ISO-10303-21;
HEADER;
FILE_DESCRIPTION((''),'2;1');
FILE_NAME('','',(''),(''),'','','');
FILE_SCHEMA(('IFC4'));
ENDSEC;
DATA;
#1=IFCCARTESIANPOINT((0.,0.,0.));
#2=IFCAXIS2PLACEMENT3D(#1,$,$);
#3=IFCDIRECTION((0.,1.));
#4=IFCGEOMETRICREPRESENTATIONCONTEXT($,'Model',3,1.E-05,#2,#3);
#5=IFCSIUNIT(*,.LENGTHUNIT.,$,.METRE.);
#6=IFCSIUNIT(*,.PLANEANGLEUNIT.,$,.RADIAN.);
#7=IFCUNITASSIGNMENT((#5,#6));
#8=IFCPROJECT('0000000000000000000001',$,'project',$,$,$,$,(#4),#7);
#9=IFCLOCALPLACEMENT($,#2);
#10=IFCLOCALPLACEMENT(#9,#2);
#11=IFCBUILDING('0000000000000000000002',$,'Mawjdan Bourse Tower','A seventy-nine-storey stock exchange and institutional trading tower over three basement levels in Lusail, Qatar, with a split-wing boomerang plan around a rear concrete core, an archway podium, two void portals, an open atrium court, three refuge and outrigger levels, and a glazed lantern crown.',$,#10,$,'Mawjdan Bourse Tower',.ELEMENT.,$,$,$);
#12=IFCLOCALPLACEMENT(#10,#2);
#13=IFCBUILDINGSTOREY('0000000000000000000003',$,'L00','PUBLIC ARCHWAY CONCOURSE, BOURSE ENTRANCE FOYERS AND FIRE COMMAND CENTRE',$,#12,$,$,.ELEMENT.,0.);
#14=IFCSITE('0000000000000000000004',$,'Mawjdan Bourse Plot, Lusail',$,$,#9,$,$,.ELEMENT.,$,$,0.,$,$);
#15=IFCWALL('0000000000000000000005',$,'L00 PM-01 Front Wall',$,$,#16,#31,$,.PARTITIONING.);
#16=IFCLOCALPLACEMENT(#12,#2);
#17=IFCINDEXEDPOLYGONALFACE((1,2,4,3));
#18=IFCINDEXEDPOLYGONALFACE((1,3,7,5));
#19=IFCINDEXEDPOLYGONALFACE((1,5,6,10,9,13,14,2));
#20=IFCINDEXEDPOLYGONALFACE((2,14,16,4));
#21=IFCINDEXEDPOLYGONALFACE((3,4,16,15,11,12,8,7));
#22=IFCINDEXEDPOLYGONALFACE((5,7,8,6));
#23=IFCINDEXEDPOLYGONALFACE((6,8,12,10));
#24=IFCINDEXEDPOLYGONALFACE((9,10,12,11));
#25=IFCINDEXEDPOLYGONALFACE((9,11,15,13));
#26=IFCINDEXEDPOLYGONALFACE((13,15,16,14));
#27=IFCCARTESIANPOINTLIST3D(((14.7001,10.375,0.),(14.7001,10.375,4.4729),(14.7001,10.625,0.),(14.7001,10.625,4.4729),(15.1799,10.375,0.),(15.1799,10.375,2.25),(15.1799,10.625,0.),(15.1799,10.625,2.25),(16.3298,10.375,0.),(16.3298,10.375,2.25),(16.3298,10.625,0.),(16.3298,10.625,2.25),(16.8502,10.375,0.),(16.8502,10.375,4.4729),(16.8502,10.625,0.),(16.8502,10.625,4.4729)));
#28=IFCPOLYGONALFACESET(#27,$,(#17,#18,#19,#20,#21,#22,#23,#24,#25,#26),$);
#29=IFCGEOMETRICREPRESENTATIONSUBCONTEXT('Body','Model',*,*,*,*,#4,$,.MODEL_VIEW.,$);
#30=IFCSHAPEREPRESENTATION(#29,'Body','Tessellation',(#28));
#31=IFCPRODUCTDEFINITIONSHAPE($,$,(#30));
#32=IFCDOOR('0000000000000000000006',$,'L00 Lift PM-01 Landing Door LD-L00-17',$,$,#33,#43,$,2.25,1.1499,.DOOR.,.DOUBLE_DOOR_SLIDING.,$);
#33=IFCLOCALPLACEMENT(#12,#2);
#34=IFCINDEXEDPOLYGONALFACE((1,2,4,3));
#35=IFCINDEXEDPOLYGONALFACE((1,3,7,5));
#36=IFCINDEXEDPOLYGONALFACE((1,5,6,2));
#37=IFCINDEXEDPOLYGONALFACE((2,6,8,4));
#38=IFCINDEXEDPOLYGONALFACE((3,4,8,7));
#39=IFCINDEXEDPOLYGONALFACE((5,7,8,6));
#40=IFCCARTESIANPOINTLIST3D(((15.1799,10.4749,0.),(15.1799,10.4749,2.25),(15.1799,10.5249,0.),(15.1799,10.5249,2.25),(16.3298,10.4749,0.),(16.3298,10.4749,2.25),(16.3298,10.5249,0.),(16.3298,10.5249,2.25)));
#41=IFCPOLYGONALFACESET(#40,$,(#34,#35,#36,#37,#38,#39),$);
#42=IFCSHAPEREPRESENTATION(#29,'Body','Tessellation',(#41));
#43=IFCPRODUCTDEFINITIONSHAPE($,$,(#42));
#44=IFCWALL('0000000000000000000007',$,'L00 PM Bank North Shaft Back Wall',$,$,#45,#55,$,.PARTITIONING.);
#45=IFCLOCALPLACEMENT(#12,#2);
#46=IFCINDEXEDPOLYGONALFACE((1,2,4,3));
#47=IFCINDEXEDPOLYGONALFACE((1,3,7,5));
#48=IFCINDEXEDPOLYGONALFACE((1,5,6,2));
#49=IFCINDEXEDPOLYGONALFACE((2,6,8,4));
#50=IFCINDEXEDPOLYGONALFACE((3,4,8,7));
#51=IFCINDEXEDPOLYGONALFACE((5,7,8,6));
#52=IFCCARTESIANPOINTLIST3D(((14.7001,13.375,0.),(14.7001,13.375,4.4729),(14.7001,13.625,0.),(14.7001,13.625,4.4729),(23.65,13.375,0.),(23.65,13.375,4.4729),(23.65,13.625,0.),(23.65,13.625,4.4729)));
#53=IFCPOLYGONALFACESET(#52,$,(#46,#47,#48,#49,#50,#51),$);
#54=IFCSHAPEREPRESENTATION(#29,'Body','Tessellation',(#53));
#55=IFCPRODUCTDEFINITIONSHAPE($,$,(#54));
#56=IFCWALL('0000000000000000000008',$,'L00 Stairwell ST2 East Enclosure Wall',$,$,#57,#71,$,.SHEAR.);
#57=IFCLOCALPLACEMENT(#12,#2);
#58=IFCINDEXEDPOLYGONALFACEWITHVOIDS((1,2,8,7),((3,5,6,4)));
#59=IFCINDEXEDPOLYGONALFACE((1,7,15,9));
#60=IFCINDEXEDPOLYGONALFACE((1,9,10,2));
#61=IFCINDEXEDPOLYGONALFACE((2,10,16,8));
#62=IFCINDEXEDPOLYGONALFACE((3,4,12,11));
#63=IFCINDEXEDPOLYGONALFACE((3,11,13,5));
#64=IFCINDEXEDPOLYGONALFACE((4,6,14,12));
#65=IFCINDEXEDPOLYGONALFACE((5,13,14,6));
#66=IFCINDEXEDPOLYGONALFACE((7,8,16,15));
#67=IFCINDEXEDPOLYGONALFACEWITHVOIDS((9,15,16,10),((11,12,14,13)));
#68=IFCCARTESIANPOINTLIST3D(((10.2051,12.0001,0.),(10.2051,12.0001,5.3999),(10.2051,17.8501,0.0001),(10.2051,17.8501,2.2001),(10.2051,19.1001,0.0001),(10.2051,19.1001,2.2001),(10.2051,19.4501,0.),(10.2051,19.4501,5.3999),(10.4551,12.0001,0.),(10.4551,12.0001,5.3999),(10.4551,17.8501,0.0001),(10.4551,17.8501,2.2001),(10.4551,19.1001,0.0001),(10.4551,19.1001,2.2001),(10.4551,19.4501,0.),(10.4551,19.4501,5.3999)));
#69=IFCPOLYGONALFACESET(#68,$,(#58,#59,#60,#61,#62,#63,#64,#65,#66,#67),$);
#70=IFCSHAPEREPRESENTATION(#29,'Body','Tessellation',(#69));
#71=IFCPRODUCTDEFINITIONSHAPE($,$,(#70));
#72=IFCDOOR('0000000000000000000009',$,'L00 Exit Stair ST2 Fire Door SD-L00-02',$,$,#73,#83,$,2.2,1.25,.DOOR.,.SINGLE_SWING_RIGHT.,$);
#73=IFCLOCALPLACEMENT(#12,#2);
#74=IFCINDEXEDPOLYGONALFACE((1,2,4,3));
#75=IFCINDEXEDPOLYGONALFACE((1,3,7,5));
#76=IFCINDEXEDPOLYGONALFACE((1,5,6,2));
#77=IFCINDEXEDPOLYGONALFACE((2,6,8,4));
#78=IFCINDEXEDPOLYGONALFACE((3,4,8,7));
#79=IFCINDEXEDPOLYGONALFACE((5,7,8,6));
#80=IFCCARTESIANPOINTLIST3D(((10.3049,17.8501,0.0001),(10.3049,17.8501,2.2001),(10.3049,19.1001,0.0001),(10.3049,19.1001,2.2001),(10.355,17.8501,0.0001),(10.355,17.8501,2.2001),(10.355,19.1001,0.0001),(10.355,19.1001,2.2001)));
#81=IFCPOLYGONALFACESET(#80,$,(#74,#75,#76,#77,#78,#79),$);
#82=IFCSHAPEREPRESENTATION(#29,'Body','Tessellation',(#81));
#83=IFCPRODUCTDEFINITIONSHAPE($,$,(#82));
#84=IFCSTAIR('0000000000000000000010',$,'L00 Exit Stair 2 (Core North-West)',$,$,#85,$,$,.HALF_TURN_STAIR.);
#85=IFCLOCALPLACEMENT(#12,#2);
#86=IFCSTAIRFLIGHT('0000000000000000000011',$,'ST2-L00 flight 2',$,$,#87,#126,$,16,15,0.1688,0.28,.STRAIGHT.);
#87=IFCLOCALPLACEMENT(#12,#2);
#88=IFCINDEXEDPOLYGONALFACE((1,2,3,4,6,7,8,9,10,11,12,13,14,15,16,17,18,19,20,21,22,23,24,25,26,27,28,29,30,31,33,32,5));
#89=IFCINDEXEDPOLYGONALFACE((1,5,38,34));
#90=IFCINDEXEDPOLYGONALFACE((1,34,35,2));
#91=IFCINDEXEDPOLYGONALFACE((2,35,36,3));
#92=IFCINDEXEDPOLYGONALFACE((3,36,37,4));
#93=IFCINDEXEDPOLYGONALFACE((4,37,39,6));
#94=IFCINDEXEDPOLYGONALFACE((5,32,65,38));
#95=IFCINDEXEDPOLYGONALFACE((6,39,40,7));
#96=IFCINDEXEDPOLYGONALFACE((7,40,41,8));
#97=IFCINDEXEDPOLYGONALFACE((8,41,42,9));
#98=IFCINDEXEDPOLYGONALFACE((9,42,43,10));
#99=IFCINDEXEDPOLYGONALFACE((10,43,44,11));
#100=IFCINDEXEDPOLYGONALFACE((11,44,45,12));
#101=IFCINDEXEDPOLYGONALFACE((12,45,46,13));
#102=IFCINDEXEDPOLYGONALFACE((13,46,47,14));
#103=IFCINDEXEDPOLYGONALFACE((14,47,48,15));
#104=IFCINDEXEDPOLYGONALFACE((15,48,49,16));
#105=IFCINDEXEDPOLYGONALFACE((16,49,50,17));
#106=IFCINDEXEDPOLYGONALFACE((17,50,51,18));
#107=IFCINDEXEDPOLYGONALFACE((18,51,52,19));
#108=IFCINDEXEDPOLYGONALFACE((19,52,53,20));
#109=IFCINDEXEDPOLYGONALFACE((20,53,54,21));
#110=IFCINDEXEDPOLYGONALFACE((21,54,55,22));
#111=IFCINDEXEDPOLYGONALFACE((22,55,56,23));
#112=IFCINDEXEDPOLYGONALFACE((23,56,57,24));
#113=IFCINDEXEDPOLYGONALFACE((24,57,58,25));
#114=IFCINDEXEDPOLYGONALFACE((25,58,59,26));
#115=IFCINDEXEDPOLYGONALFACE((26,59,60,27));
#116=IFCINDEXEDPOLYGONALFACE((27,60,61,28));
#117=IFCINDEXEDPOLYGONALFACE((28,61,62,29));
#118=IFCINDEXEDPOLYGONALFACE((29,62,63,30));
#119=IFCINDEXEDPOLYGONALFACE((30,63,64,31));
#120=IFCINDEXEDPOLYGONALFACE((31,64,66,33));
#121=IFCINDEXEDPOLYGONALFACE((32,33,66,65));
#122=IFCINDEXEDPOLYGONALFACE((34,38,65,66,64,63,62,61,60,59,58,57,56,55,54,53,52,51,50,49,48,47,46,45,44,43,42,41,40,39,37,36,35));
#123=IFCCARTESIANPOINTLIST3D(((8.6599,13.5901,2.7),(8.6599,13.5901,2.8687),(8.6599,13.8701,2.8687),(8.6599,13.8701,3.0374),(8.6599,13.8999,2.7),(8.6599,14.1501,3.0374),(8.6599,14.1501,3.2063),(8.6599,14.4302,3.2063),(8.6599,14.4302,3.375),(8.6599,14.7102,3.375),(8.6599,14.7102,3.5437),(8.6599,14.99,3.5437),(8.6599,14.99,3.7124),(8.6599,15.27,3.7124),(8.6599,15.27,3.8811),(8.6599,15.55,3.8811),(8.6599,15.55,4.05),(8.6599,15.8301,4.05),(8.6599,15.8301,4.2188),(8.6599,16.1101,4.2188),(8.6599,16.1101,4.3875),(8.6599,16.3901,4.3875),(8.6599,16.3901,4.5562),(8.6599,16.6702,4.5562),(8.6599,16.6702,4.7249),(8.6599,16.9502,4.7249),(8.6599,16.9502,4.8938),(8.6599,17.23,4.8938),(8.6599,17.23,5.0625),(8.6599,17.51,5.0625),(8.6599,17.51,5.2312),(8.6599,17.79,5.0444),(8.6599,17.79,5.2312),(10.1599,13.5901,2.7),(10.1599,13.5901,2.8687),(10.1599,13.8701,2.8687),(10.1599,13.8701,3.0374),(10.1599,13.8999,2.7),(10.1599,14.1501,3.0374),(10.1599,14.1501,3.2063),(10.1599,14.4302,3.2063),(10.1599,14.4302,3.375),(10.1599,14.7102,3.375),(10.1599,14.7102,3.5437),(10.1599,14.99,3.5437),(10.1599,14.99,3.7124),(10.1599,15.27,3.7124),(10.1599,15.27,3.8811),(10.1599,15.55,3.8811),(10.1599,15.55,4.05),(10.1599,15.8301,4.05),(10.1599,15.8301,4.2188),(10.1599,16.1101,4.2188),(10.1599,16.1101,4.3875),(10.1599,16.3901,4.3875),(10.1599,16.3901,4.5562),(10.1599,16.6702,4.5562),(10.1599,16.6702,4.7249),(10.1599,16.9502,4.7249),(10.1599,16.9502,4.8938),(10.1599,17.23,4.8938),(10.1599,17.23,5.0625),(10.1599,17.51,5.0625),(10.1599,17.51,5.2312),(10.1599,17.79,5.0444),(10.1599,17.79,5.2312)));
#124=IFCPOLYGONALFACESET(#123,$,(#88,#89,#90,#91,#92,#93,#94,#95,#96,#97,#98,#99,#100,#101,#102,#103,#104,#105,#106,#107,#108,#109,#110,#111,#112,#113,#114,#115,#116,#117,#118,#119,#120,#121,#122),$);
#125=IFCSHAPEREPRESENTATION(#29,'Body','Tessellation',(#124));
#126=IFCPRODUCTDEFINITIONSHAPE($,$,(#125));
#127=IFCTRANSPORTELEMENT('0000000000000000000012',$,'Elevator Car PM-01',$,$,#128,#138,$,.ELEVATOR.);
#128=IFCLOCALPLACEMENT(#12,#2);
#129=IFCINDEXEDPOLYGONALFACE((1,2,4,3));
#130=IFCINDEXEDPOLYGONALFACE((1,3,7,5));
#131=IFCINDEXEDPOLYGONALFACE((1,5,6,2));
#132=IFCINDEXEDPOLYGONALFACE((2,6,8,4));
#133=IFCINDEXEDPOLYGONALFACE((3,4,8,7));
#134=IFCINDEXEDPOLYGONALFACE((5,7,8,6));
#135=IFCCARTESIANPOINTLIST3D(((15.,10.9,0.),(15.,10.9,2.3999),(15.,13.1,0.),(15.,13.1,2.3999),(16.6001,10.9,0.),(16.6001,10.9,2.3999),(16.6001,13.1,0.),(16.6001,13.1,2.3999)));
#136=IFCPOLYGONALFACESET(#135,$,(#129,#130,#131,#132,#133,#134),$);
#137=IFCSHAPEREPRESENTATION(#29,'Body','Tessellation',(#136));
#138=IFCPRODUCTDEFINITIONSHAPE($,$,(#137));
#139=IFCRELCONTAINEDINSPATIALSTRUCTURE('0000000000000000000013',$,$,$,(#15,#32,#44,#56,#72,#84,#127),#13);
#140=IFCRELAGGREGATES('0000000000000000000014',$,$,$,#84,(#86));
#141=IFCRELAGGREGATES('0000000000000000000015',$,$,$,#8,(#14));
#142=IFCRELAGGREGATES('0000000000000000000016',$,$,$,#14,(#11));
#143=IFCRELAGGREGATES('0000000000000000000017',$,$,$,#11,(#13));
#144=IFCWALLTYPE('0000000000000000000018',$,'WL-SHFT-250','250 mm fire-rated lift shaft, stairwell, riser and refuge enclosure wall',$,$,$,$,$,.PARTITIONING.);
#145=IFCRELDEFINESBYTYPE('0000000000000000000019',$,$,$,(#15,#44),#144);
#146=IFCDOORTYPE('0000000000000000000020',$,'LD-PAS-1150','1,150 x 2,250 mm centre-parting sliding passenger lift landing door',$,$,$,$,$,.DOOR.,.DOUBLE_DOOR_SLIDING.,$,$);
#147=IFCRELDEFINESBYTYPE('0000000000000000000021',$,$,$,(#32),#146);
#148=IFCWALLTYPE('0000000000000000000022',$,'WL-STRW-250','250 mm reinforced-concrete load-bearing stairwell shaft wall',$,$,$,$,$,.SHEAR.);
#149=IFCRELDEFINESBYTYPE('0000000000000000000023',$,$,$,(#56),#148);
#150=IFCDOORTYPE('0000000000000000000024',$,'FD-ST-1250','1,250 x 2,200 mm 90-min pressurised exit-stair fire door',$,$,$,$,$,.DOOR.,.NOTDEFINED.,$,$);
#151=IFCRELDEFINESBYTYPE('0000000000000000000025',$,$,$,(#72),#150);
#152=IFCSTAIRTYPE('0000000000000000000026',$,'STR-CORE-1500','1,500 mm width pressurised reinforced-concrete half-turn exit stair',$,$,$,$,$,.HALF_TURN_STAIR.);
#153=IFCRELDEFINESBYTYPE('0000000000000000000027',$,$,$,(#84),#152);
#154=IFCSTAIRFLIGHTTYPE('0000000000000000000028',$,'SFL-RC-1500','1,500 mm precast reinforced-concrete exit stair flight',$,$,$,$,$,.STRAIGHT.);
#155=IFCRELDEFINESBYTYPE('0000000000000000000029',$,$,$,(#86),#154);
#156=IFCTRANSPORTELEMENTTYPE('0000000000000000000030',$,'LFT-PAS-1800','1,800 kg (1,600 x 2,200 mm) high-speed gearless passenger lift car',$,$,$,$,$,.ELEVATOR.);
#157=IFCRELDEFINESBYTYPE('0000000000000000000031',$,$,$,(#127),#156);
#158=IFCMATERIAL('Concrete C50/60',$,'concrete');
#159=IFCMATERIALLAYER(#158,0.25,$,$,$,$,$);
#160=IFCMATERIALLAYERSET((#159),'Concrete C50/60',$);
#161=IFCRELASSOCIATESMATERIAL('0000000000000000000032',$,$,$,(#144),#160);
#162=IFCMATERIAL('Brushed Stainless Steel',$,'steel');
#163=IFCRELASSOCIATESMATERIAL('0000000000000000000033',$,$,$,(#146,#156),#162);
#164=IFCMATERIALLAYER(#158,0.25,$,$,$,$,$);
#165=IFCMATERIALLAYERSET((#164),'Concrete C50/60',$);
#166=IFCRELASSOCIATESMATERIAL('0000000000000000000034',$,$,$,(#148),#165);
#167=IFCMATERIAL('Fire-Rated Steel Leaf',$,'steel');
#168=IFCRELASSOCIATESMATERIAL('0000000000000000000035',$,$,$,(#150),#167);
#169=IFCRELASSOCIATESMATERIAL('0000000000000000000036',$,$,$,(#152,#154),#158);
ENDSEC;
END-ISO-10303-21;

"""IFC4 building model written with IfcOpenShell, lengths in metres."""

from ifc_helpers import new_model, si_unit, direction, frame, frame_2d, origin, origin_2d, place, context, subcontext, project, spatial, polyline, rectangle, outline, extrude, material, layer, layer_set, type_object, element, fill, aggregate, save


model = new_model("IFC4")

# Units and contexts
model_context = context("Model", 3, precision=1e-05, world=origin(), true_north=direction((0.0, 1.0)))
body_context = subcontext(model_context, "Body", "Model", "MODEL_VIEW")
ifc_project = project(units=[si_unit("LENGTHUNIT", "METRE"), si_unit("PLANEANGLEUNIT", "RADIAN")], contexts=[model_context])

# Site, building, storey
site_placement = place(None, origin())
site = spatial("IfcSite", under=ifc_project, at=site_placement, Name="Mawjdan Bourse Plot, Lusail", CompositionType="ELEMENT", RefElevation=0.0)
building_placement = place(site_placement, origin())
building = spatial("IfcBuilding", under=site, at=building_placement, Name="Mawjdan Bourse Tower", Description="A seventy-nine-storey stock exchange and institutional trading tower over three basement levels in Lusail, Qatar, with a split-wing boomerang plan around a rear concrete core, an archway podium, two void portals, an open atrium court, three refuge and outrigger levels, and a glazed lantern crown.", LongName="Mawjdan Bourse Tower", CompositionType="ELEMENT")
storey_placement = place(building_placement, origin())
storey = spatial("IfcBuildingStorey", under=building, at=storey_placement, Name="L00", Description="PUBLIC ARCHWAY CONCOURSE, BOURSE ENTRANCE FOYERS AND FIRE COMMAND CENTRE", CompositionType="ELEMENT", Elevation=0.0)

# Shared definitions
ifc_material_1 = material(Name="Concrete C50/60", Category="concrete")
ifc_layer_1 = layer(ifc_material_1, 0.25)
ifc_layer_set_1 = layer_set([ifc_layer_1], Name="Concrete C50/60")
wall_type_1 = type_object("IfcWallType", Name="WL-SHFT-250", Description="250 mm fire-rated lift shaft, stairwell, riser and refuge enclosure wall", PredefinedType="PARTITIONING", material=ifc_layer_set_1)

# Wall, opening, door
wall_1_placement = place(storey_placement, frame((14.7, 10.5, 0.0), z_axis=(0.0, 0.0, 1.0), x_axis=(1.0, 0.0, 0.0)))
wall_1 = element("IfcWall", 1, at=wall_1_placement, inside=storey, type_object=wall_type_1, Name="L00 PM-01 Front Wall", PredefinedType="PARTITIONING", context=body_context, shape_type="SweptSolid", body=[
    extrude(rectangle(XDim=2.1501, YDim=0.25, at=frame_2d((1.0752, 0.0))), origin(), (0.0, 0.0, 1.0), 4.4729),
])
opening_1_placement = place(wall_1_placement, frame((0.48, 0.0, 0.0)))
opening_1 = element("IfcOpeningElement", 2, at=opening_1_placement, cuts=wall_1, PredefinedType="OPENING", context=body_context, shape_type="SweptSolid", body=[
    extrude(rectangle(XDim=1.1499, YDim=2.25, at=frame_2d((0.575, 1.125))), frame((0.0, 0.135, 0.0), z_axis=(0.0, -1.0, 0.0), x_axis=(1.0, 0.0, 0.0)), (0.0, 0.0, 1.0), 0.27),
])
ifc_material_2 = material(Name="Brushed Stainless Steel", Category="steel")
door_type_1 = type_object("IfcDoorType", Name="LD-PAS-1150", Description="1,150 x 2,250 mm centre-parting sliding passenger lift landing door", OperationType="DOUBLE_DOOR_SLIDING", PredefinedType="DOOR", material=ifc_material_2)
door_1_placement = place(opening_1_placement, origin())
door_1 = element("IfcDoor", 3, at=door_1_placement, inside=storey, type_object=door_type_1, Name="L00 Lift PM-01 Landing Door LD-L00-17", OperationType="DOUBLE_DOOR_SLIDING", OverallHeight=2.25, OverallWidth=1.1499, PredefinedType="DOOR", context=body_context, shape_type="SweptSolid", body=[
    extrude(rectangle(XDim=1.1499, YDim=2.25, at=frame_2d((0.575, 1.125))), frame((0.0, 0.0249, 0.0), z_axis=(0.0, -1.0, 0.0), x_axis=(1.0, 0.0, 0.0)), (0.0, 0.0, 1.0), 0.05),
])
fill(opening_1, door_1)

# Wall
wall_2_placement = place(storey_placement, frame((14.7, 13.5, 0.0), z_axis=(0.0, 0.0, 1.0), x_axis=(1.0, 0.0, 0.0)))
element("IfcWall", 4, at=wall_2_placement, inside=storey, type_object=wall_type_1, Name="L00 PM Bank North Shaft Back Wall", PredefinedType="PARTITIONING", context=body_context, shape_type="SweptSolid", body=[
    extrude(rectangle(XDim=8.95, YDim=0.25, at=frame_2d((4.4751, 0.0))), origin(), (0.0, 0.0, 1.0), 4.4729),
])

# Wall, opening, door
ifc_layer_2 = layer(ifc_material_1, 0.25)
ifc_layer_set_2 = layer_set([ifc_layer_2], Name="Concrete C50/60")
wall_type_2 = type_object("IfcWallType", Name="WL-STRW-250", Description="250 mm reinforced-concrete load-bearing stairwell shaft wall", PredefinedType="SHEAR", material=ifc_layer_set_2)
wall_3_placement = place(storey_placement, frame((10.3301, 12.0, 0.0), z_axis=(0.0, 0.0, 1.0), x_axis=(0.0, 1.0, 0.0)))
wall_3 = element("IfcWall", 5, at=wall_3_placement, inside=storey, type_object=wall_type_2, Name="L00 Stairwell ST2 East Enclosure Wall", PredefinedType="SHEAR", context=body_context, shape_type="SweptSolid", body=[
    extrude(rectangle(XDim=7.45, YDim=0.25, at=frame_2d((3.7251, 0.0))), origin(), (0.0, 0.0, 1.0), 5.3999),
])
opening_2_placement = place(wall_3_placement, frame((5.8501, 0.0, 0.0)))
opening_2 = element("IfcOpeningElement", 6, at=opening_2_placement, cuts=wall_3, PredefinedType="OPENING", context=body_context, shape_type="SweptSolid", body=[
    extrude(rectangle(XDim=1.25, YDim=2.2, at=frame_2d((0.625, 1.1001))), frame((0.0, 0.135, 0.0), z_axis=(0.0, -1.0, 0.0), x_axis=(1.0, 0.0, 0.0)), (0.0, 0.0, 1.0), 0.27),
])
ifc_material_3 = material(Name="Fire-Rated Steel Leaf", Category="steel")
door_type_2 = type_object("IfcDoorType", Name="FD-ST-1250", Description="1,250 x 2,200 mm 90-min pressurised exit-stair fire door", OperationType="NOTDEFINED", PredefinedType="DOOR", material=ifc_material_3)
door_2_placement = place(opening_2_placement, frame((1.25, 0.0, 0.0), z_axis=(0.0, 0.0, 1.0), x_axis=(-1.0, 0.0, 0.0)))
door_2 = element("IfcDoor", 7, at=door_2_placement, inside=storey, type_object=door_type_2, Name="L00 Exit Stair ST2 Fire Door SD-L00-02", OperationType="SINGLE_SWING_RIGHT", OverallHeight=2.2, OverallWidth=1.25, PredefinedType="DOOR", context=body_context, shape_type="SweptSolid", body=[
    extrude(rectangle(XDim=1.25, YDim=2.2, at=frame_2d((0.625, 1.1001))), frame((0.0, 0.0249, 0.0), z_axis=(0.0, -1.0, 0.0), x_axis=(1.0, 0.0, 0.0)), (0.0, 0.0, 1.0), 0.05),
])
fill(opening_2, door_2)

# Stair, stair flight
stair_type = type_object("IfcStairType", Name="STR-CORE-1500", Description="1,500 mm width pressurised reinforced-concrete half-turn exit stair", PredefinedType="HALF_TURN_STAIR", material=ifc_material_1)
stair_placement = place(storey_placement, origin())
stair = element("IfcStair", 8, at=stair_placement, inside=storey, type_object=stair_type, Name="L00 Exit Stair 2 (Core North-West)", PredefinedType="HALF_TURN_STAIR")
stair_flight_type = type_object("IfcStairFlightType", Name="SFL-RC-1500", Description="1,500 mm precast reinforced-concrete exit stair flight", PredefinedType="STRAIGHT", material=ifc_material_1)
stair_flight_placement = place(storey_placement, frame((9.4099, 13.5901, 2.7), z_axis=(0.0, 0.0, 1.0), x_axis=(0.0, 1.0, 0.0)))
stair_flight = element("IfcStairFlight", 9, at=stair_flight_placement, type_object=stair_flight_type, Name="ST2-L00 flight 2", NumberOfRisers=16, NumberOfTreads=15, PredefinedType="STRAIGHT", RiserHeight=0.1688, TreadLength=0.28, context=body_context, shape_type="SweptSolid", body=[
    extrude(outline(polyline([(0.0, 0.0), (0.0, 0.1687), (0.28, 0.1687), (0.28, 0.3374), (0.5601, 0.3374), (0.5601, 0.5063), (0.8401, 0.5063), (0.8401, 0.675), (1.1201, 0.675), (1.1201, 0.8438), (1.3999, 0.8438), (1.3999, 1.0125), (1.6799, 1.0125), (1.6799, 1.1812), (1.96, 1.1812), (1.96, 1.3501), (2.24, 1.3501), (2.24, 1.5188), (2.52, 1.5188), (2.52, 1.6875), (2.8, 1.6875), (2.8, 1.8562), (3.0801, 1.8562), (3.0801, 2.0249), (3.3601, 2.0249), (3.3601, 2.1938), (3.6399, 2.1938), (3.6399, 2.3625), (3.9199, 2.3625), (3.9199, 2.5312), (4.2, 2.5312), (4.2, 2.7), (4.2, 2.3445), (0.3098, 0.0), (0.0, 0.0)])), frame((0.0, 0.75, 0.0), z_axis=(0.0, -1.0, 0.0), x_axis=(1.0, 0.0, 0.0)), (0.0, 0.0, 1.0), 1.5),
])
aggregate(stair, [stair_flight])

# Transport element
transport_element_type = type_object("IfcTransportElementType", Name="LFT-PAS-1800", Description="1,800 kg (1,600 x 2,200 mm) high-speed gearless passenger lift car", PredefinedType="ELEVATOR", material=ifc_material_2)
transport_element_placement = place(storey_placement, frame((15.8, 12.0, 0.0), z_axis=(0.0, 0.0, 1.0), x_axis=(1.0, 0.0, 0.0)))
element("IfcTransportElement", 10, at=transport_element_placement, inside=storey, type_object=transport_element_type, Name="Elevator Car PM-01", PredefinedType="ELEVATOR", context=body_context, shape_type="SweptSolid", body=[
    extrude(rectangle(XDim=1.6001, YDim=2.2, at=origin_2d()), origin(), (0.0, 0.0, 1.0), 2.3999),
])

save(model, "model.ifc")
